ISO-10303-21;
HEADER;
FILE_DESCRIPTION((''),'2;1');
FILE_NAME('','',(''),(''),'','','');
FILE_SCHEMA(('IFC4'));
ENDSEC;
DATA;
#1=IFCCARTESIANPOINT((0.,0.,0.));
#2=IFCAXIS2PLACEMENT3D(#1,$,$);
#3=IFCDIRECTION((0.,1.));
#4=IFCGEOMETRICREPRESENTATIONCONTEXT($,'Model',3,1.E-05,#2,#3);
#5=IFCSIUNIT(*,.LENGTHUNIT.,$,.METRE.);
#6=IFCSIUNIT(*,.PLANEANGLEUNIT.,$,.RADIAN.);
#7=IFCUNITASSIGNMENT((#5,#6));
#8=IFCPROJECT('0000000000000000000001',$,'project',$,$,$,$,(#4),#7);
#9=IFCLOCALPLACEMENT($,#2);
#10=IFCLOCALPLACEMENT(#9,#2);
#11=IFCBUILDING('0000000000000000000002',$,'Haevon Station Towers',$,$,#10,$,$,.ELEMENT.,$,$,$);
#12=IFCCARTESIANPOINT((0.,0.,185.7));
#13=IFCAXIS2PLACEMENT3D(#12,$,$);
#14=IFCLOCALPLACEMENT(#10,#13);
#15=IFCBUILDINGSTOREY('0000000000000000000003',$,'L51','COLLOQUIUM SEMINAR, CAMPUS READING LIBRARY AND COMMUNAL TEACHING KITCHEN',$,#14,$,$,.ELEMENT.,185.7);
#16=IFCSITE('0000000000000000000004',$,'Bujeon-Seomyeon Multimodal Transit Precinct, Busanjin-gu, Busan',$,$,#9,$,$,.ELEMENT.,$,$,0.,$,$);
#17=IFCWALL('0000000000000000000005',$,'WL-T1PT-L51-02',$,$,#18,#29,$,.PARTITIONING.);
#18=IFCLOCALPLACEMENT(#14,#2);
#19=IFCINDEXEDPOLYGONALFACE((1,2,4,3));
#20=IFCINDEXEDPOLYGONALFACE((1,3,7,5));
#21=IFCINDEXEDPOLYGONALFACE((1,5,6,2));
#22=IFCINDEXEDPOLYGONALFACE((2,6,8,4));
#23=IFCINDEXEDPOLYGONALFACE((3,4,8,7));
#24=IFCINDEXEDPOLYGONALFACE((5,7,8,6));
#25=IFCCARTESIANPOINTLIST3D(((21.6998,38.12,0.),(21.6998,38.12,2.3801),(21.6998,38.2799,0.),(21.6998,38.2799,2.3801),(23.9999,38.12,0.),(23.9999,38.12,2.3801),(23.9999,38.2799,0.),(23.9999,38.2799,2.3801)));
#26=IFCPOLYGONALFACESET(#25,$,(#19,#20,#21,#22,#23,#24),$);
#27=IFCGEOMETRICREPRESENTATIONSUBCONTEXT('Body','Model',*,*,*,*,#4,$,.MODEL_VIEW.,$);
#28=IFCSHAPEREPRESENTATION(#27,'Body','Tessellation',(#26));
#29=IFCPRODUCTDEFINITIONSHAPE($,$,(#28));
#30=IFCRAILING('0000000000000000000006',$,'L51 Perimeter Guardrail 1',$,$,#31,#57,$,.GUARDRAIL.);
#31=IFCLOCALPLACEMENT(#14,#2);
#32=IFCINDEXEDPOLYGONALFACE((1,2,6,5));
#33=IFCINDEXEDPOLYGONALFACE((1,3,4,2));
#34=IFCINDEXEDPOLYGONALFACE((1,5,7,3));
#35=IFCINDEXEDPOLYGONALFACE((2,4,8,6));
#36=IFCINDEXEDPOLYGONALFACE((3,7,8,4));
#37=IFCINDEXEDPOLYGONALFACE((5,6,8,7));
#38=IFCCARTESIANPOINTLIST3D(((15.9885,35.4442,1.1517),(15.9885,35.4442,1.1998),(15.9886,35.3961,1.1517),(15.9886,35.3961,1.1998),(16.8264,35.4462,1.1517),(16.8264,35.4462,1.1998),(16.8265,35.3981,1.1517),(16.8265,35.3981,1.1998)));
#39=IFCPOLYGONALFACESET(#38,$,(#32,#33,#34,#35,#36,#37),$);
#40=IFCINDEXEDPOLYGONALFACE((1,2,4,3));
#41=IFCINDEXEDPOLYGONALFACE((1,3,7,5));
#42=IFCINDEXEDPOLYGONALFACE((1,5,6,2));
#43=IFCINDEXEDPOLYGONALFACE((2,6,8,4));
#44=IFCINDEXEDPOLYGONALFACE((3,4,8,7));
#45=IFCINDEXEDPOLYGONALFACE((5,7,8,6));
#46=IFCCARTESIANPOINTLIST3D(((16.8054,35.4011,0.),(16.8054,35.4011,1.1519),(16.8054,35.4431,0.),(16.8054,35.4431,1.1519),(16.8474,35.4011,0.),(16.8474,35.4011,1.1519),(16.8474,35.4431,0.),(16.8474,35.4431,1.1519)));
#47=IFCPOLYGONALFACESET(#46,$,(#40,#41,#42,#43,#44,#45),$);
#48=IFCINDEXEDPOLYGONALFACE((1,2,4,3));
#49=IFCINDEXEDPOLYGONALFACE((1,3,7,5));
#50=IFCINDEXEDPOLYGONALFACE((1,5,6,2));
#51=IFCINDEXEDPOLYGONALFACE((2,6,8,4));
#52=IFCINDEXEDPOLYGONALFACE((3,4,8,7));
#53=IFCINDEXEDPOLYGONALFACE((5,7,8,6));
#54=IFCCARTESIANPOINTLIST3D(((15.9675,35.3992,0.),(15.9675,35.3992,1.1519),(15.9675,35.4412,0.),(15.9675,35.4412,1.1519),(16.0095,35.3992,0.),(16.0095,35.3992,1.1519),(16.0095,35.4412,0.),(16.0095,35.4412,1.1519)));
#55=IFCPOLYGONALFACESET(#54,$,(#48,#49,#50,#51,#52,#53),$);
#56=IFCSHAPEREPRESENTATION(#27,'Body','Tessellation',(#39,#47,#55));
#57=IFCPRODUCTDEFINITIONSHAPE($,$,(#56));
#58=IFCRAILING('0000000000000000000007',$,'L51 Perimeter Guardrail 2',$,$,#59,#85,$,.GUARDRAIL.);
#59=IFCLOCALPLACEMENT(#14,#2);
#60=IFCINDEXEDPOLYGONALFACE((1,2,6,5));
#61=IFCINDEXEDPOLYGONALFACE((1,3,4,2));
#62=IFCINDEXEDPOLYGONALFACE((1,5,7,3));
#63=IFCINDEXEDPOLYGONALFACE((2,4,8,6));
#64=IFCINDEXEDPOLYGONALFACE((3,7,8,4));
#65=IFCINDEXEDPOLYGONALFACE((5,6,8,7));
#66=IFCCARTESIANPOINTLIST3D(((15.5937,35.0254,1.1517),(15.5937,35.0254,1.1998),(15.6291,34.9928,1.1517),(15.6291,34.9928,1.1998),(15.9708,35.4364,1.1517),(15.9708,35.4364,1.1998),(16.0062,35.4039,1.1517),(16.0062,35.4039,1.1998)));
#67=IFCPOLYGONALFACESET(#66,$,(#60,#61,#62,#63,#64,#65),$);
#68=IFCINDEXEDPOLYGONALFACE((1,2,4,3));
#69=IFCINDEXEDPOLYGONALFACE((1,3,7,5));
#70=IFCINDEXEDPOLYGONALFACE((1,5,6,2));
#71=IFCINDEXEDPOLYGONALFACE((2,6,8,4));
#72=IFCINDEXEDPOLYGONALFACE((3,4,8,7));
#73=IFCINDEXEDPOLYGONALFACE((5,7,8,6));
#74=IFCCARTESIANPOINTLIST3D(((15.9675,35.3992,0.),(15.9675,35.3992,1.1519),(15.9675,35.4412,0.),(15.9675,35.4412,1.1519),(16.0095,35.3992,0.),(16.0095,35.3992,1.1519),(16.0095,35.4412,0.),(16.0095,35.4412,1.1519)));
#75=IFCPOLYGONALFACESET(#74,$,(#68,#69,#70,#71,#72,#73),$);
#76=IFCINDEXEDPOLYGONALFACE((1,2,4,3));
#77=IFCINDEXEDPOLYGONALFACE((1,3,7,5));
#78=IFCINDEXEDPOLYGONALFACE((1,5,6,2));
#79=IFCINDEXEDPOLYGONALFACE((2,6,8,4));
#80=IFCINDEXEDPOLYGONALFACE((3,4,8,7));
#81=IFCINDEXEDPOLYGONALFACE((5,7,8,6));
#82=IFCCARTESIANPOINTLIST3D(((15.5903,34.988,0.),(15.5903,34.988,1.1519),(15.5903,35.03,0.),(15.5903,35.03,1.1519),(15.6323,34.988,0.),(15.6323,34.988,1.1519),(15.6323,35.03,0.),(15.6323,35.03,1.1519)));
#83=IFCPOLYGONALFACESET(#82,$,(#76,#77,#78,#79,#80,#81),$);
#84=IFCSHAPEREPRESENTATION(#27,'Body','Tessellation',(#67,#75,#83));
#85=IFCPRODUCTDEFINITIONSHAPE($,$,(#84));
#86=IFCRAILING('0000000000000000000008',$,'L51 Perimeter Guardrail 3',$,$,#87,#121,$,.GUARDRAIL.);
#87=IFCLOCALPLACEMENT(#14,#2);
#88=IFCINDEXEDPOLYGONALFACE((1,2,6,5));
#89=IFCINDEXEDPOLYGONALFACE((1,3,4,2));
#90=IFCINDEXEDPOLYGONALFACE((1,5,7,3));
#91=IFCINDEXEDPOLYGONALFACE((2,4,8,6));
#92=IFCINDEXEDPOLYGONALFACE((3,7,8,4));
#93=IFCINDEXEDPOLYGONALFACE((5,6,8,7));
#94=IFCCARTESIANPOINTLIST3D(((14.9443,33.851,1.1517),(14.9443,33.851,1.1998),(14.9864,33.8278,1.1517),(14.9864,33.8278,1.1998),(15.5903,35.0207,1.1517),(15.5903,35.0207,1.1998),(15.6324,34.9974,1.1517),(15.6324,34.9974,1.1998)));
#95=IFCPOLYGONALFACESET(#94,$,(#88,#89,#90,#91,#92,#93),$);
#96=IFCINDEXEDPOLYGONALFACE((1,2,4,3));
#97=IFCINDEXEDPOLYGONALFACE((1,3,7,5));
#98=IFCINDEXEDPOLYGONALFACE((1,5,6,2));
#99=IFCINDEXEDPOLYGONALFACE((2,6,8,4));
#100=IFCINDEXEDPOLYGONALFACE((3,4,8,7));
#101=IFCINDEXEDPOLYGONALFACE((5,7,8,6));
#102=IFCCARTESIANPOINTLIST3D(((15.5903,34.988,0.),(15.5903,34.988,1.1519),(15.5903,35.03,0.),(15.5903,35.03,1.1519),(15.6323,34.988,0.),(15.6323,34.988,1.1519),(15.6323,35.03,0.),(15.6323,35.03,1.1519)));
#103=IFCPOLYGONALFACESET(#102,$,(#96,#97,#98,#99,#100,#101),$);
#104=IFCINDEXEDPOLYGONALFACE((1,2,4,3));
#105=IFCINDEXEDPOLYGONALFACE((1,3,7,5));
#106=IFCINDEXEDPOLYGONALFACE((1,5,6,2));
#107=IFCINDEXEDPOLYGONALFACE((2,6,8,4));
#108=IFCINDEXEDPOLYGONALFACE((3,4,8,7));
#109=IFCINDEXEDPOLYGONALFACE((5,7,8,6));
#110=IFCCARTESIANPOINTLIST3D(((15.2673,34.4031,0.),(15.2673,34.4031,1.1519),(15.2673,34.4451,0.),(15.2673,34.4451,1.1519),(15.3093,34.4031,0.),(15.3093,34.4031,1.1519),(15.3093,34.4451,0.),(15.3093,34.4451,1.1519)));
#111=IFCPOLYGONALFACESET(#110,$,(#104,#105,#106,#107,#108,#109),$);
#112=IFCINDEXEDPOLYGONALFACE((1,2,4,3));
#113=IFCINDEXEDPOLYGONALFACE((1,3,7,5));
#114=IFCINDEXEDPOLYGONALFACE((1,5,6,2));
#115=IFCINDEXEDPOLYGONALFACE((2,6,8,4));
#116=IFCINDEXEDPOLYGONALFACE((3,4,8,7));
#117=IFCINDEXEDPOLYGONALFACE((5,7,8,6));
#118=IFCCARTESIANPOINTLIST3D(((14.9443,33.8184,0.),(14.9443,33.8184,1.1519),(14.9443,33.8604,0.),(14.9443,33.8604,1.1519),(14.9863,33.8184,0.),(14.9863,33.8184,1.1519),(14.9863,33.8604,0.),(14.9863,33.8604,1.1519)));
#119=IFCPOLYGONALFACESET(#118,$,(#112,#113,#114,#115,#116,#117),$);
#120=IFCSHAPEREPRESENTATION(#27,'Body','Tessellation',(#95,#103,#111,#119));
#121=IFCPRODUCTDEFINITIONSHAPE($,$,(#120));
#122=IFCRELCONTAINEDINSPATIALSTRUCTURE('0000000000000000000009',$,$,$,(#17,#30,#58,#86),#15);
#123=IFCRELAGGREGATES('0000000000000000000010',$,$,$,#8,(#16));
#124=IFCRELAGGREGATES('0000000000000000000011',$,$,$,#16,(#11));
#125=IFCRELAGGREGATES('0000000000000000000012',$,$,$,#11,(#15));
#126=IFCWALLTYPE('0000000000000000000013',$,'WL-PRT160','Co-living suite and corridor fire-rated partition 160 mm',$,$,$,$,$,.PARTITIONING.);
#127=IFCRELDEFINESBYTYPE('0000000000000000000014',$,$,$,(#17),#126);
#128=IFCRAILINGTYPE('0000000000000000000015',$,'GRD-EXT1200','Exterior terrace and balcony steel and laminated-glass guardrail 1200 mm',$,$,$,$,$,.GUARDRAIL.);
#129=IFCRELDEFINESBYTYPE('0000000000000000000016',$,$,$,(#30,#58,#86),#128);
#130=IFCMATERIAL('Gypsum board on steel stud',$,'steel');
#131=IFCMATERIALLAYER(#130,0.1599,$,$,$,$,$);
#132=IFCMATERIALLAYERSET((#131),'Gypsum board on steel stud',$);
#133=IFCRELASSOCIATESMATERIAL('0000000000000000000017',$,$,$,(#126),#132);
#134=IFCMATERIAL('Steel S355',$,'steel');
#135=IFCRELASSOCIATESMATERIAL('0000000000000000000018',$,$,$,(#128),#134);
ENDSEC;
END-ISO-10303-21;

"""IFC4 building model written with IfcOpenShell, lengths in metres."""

from ifc_helpers import new_model, si_unit, direction, frame, frame_2d, origin, origin_2d, place, context, subcontext, project, spatial, rectangle, extrude, material, layer, layer_set, type_object, element, save


model = new_model("IFC4")

# Units and contexts
model_context = context("Model", 3, precision=1e-05, world=origin(), true_north=direction((0.0, 1.0)))
body_context = subcontext(model_context, "Body", "Model", "MODEL_VIEW")
ifc_project = project(units=[si_unit("LENGTHUNIT", "METRE"), si_unit("PLANEANGLEUNIT", "RADIAN")], contexts=[model_context])

# Site, building, storey
site_placement = place(None, origin())
site = spatial("IfcSite", under=ifc_project, at=site_placement, Name="Bujeon-Seomyeon Multimodal Transit Precinct, Busanjin-gu, Busan", CompositionType="ELEMENT", RefElevation=0.0)
building_placement = place(site_placement, origin())
building = spatial("IfcBuilding", under=site, at=building_placement, Name="Haevon Station Towers", CompositionType="ELEMENT")
storey_placement = place(building_placement, frame((0.0, 0.0, 185.7)))
storey = spatial("IfcBuildingStorey", under=building, at=storey_placement, Name="L51", Description="COLLOQUIUM SEMINAR, CAMPUS READING LIBRARY AND COMMUNAL TEACHING KITCHEN", CompositionType="ELEMENT", Elevation=185.7)

# Shared definitions
ifc_material_1 = material(Name="Steel S355", Category="steel")

# Shared definitions
ifc_material_2 = material(Name="Gypsum board on steel stud", Category="steel")

# Wall
ifc_layer_1 = layer(ifc_material_2, 0.1599)
ifc_layer_set_1 = layer_set([ifc_layer_1], Name="Gypsum board on steel stud")
wall_type_1 = type_object("IfcWallType", Name="WL-PRT160", Description="Co-living suite and corridor fire-rated partition 160 mm", PredefinedType="PARTITIONING", material=ifc_layer_set_1)
wall_1_placement = place(storey_placement, frame((21.7, 38.2, 0.0), z_axis=(0.0, 0.0, 1.0), x_axis=(1.0, 0.0, 0.0)))
element("IfcWall", 1, at=wall_1_placement, inside=storey, type_object=wall_type_1, Name="WL-T1PT-L51-02", PredefinedType="PARTITIONING", context=body_context, shape_type="SweptSolid", body=[
    extrude(rectangle(XDim=2.3, YDim=0.1599, at=frame_2d((1.1499, 0.0))), origin(), (0.0, 0.0, 1.0), 2.3801),
])

# Railings
railing_type = type_object("IfcRailingType", Name="GRD-EXT1200", Description="Exterior terrace and balcony steel and laminated-glass guardrail 1200 mm", PredefinedType="GUARDRAIL", material=ifc_material_1)
railing_1_placement = place(storey_placement, frame((16.8264, 35.4221, 0.0)))
element("IfcRailing", 2, at=railing_1_placement, inside=storey, type_object=railing_type, Name="L51 Perimeter Guardrail 1", PredefinedType="GUARDRAIL", context=body_context, shape_type="SweptSolid", body=[
    extrude(rectangle(XDim=0.0481, YDim=0.0481, at=origin_2d()), frame((0.0, 0.0, 1.1758), z_axis=(-0.999997, -0.002331, 0.0), x_axis=(0.002331, -0.999997, 0.0)), (0.0, 0.0, 1.0), 0.8379),
    extrude(rectangle(XDim=0.042, YDim=0.042, at=origin_2d()), origin(), (0.0, 0.0, 1.0), 1.1519),
    extrude(rectangle(XDim=0.042, YDim=0.042, at=origin_2d()), frame((-0.8379, -0.002, 0.0)), (0.0, 0.0, 1.0), 1.1519),
])
railing_2_placement = place(storey_placement, frame((15.9885, 35.4202, 0.0)))
element("IfcRailing", 3, at=railing_2_placement, inside=storey, type_object=railing_type, Name="L51 Perimeter Guardrail 2", PredefinedType="GUARDRAIL", context=body_context, shape_type="SweptSolid", body=[
    extrude(rectangle(XDim=0.0481, YDim=0.0481, at=origin_2d()), frame((0.0, 0.0, 1.1758), z_axis=(-0.676042, -0.736863, 0.0), x_axis=(0.736863, -0.676042, 0.0)), (0.0, 0.0, 1.0), 0.5579),
    extrude(rectangle(XDim=0.042, YDim=0.042, at=origin_2d()), origin(), (0.0, 0.0, 1.0), 1.1519),
    extrude(rectangle(XDim=0.042, YDim=0.042, at=origin_2d()), frame((-0.3772, -0.4111, 0.0)), (0.0, 0.0, 1.0), 1.1519),
])
railing_3_placement = place(storey_placement, frame((15.6113, 35.009, 0.0)))
element("IfcRailing", 4, at=railing_3_placement, inside=storey, type_object=railing_type, Name="L51 Perimeter Guardrail 3", PredefinedType="GUARDRAIL", context=body_context, shape_type="SweptSolid", body=[
    extrude(rectangle(XDim=0.0481, YDim=0.0481, at=origin_2d()), frame((0.0, 0.0, 1.1758), z_axis=(-0.483454, -0.87537, 0.0), x_axis=(0.87537, -0.483454, 0.0)), (0.0, 0.0, 1.0), 1.3362),
    extrude(rectangle(XDim=0.042, YDim=0.042, at=origin_2d()), origin(), (0.0, 0.0, 1.0), 1.1519),
    extrude(rectangle(XDim=0.042, YDim=0.042, at=origin_2d()), frame((-0.323, -0.585, 0.0)), (0.0, 0.0, 1.0), 1.1519),
    extrude(rectangle(XDim=0.042, YDim=0.042, at=origin_2d()), frame((-0.646, -1.1697, 0.0)), (0.0, 0.0, 1.0), 1.1519),
])

save(model, "model.ifc")
